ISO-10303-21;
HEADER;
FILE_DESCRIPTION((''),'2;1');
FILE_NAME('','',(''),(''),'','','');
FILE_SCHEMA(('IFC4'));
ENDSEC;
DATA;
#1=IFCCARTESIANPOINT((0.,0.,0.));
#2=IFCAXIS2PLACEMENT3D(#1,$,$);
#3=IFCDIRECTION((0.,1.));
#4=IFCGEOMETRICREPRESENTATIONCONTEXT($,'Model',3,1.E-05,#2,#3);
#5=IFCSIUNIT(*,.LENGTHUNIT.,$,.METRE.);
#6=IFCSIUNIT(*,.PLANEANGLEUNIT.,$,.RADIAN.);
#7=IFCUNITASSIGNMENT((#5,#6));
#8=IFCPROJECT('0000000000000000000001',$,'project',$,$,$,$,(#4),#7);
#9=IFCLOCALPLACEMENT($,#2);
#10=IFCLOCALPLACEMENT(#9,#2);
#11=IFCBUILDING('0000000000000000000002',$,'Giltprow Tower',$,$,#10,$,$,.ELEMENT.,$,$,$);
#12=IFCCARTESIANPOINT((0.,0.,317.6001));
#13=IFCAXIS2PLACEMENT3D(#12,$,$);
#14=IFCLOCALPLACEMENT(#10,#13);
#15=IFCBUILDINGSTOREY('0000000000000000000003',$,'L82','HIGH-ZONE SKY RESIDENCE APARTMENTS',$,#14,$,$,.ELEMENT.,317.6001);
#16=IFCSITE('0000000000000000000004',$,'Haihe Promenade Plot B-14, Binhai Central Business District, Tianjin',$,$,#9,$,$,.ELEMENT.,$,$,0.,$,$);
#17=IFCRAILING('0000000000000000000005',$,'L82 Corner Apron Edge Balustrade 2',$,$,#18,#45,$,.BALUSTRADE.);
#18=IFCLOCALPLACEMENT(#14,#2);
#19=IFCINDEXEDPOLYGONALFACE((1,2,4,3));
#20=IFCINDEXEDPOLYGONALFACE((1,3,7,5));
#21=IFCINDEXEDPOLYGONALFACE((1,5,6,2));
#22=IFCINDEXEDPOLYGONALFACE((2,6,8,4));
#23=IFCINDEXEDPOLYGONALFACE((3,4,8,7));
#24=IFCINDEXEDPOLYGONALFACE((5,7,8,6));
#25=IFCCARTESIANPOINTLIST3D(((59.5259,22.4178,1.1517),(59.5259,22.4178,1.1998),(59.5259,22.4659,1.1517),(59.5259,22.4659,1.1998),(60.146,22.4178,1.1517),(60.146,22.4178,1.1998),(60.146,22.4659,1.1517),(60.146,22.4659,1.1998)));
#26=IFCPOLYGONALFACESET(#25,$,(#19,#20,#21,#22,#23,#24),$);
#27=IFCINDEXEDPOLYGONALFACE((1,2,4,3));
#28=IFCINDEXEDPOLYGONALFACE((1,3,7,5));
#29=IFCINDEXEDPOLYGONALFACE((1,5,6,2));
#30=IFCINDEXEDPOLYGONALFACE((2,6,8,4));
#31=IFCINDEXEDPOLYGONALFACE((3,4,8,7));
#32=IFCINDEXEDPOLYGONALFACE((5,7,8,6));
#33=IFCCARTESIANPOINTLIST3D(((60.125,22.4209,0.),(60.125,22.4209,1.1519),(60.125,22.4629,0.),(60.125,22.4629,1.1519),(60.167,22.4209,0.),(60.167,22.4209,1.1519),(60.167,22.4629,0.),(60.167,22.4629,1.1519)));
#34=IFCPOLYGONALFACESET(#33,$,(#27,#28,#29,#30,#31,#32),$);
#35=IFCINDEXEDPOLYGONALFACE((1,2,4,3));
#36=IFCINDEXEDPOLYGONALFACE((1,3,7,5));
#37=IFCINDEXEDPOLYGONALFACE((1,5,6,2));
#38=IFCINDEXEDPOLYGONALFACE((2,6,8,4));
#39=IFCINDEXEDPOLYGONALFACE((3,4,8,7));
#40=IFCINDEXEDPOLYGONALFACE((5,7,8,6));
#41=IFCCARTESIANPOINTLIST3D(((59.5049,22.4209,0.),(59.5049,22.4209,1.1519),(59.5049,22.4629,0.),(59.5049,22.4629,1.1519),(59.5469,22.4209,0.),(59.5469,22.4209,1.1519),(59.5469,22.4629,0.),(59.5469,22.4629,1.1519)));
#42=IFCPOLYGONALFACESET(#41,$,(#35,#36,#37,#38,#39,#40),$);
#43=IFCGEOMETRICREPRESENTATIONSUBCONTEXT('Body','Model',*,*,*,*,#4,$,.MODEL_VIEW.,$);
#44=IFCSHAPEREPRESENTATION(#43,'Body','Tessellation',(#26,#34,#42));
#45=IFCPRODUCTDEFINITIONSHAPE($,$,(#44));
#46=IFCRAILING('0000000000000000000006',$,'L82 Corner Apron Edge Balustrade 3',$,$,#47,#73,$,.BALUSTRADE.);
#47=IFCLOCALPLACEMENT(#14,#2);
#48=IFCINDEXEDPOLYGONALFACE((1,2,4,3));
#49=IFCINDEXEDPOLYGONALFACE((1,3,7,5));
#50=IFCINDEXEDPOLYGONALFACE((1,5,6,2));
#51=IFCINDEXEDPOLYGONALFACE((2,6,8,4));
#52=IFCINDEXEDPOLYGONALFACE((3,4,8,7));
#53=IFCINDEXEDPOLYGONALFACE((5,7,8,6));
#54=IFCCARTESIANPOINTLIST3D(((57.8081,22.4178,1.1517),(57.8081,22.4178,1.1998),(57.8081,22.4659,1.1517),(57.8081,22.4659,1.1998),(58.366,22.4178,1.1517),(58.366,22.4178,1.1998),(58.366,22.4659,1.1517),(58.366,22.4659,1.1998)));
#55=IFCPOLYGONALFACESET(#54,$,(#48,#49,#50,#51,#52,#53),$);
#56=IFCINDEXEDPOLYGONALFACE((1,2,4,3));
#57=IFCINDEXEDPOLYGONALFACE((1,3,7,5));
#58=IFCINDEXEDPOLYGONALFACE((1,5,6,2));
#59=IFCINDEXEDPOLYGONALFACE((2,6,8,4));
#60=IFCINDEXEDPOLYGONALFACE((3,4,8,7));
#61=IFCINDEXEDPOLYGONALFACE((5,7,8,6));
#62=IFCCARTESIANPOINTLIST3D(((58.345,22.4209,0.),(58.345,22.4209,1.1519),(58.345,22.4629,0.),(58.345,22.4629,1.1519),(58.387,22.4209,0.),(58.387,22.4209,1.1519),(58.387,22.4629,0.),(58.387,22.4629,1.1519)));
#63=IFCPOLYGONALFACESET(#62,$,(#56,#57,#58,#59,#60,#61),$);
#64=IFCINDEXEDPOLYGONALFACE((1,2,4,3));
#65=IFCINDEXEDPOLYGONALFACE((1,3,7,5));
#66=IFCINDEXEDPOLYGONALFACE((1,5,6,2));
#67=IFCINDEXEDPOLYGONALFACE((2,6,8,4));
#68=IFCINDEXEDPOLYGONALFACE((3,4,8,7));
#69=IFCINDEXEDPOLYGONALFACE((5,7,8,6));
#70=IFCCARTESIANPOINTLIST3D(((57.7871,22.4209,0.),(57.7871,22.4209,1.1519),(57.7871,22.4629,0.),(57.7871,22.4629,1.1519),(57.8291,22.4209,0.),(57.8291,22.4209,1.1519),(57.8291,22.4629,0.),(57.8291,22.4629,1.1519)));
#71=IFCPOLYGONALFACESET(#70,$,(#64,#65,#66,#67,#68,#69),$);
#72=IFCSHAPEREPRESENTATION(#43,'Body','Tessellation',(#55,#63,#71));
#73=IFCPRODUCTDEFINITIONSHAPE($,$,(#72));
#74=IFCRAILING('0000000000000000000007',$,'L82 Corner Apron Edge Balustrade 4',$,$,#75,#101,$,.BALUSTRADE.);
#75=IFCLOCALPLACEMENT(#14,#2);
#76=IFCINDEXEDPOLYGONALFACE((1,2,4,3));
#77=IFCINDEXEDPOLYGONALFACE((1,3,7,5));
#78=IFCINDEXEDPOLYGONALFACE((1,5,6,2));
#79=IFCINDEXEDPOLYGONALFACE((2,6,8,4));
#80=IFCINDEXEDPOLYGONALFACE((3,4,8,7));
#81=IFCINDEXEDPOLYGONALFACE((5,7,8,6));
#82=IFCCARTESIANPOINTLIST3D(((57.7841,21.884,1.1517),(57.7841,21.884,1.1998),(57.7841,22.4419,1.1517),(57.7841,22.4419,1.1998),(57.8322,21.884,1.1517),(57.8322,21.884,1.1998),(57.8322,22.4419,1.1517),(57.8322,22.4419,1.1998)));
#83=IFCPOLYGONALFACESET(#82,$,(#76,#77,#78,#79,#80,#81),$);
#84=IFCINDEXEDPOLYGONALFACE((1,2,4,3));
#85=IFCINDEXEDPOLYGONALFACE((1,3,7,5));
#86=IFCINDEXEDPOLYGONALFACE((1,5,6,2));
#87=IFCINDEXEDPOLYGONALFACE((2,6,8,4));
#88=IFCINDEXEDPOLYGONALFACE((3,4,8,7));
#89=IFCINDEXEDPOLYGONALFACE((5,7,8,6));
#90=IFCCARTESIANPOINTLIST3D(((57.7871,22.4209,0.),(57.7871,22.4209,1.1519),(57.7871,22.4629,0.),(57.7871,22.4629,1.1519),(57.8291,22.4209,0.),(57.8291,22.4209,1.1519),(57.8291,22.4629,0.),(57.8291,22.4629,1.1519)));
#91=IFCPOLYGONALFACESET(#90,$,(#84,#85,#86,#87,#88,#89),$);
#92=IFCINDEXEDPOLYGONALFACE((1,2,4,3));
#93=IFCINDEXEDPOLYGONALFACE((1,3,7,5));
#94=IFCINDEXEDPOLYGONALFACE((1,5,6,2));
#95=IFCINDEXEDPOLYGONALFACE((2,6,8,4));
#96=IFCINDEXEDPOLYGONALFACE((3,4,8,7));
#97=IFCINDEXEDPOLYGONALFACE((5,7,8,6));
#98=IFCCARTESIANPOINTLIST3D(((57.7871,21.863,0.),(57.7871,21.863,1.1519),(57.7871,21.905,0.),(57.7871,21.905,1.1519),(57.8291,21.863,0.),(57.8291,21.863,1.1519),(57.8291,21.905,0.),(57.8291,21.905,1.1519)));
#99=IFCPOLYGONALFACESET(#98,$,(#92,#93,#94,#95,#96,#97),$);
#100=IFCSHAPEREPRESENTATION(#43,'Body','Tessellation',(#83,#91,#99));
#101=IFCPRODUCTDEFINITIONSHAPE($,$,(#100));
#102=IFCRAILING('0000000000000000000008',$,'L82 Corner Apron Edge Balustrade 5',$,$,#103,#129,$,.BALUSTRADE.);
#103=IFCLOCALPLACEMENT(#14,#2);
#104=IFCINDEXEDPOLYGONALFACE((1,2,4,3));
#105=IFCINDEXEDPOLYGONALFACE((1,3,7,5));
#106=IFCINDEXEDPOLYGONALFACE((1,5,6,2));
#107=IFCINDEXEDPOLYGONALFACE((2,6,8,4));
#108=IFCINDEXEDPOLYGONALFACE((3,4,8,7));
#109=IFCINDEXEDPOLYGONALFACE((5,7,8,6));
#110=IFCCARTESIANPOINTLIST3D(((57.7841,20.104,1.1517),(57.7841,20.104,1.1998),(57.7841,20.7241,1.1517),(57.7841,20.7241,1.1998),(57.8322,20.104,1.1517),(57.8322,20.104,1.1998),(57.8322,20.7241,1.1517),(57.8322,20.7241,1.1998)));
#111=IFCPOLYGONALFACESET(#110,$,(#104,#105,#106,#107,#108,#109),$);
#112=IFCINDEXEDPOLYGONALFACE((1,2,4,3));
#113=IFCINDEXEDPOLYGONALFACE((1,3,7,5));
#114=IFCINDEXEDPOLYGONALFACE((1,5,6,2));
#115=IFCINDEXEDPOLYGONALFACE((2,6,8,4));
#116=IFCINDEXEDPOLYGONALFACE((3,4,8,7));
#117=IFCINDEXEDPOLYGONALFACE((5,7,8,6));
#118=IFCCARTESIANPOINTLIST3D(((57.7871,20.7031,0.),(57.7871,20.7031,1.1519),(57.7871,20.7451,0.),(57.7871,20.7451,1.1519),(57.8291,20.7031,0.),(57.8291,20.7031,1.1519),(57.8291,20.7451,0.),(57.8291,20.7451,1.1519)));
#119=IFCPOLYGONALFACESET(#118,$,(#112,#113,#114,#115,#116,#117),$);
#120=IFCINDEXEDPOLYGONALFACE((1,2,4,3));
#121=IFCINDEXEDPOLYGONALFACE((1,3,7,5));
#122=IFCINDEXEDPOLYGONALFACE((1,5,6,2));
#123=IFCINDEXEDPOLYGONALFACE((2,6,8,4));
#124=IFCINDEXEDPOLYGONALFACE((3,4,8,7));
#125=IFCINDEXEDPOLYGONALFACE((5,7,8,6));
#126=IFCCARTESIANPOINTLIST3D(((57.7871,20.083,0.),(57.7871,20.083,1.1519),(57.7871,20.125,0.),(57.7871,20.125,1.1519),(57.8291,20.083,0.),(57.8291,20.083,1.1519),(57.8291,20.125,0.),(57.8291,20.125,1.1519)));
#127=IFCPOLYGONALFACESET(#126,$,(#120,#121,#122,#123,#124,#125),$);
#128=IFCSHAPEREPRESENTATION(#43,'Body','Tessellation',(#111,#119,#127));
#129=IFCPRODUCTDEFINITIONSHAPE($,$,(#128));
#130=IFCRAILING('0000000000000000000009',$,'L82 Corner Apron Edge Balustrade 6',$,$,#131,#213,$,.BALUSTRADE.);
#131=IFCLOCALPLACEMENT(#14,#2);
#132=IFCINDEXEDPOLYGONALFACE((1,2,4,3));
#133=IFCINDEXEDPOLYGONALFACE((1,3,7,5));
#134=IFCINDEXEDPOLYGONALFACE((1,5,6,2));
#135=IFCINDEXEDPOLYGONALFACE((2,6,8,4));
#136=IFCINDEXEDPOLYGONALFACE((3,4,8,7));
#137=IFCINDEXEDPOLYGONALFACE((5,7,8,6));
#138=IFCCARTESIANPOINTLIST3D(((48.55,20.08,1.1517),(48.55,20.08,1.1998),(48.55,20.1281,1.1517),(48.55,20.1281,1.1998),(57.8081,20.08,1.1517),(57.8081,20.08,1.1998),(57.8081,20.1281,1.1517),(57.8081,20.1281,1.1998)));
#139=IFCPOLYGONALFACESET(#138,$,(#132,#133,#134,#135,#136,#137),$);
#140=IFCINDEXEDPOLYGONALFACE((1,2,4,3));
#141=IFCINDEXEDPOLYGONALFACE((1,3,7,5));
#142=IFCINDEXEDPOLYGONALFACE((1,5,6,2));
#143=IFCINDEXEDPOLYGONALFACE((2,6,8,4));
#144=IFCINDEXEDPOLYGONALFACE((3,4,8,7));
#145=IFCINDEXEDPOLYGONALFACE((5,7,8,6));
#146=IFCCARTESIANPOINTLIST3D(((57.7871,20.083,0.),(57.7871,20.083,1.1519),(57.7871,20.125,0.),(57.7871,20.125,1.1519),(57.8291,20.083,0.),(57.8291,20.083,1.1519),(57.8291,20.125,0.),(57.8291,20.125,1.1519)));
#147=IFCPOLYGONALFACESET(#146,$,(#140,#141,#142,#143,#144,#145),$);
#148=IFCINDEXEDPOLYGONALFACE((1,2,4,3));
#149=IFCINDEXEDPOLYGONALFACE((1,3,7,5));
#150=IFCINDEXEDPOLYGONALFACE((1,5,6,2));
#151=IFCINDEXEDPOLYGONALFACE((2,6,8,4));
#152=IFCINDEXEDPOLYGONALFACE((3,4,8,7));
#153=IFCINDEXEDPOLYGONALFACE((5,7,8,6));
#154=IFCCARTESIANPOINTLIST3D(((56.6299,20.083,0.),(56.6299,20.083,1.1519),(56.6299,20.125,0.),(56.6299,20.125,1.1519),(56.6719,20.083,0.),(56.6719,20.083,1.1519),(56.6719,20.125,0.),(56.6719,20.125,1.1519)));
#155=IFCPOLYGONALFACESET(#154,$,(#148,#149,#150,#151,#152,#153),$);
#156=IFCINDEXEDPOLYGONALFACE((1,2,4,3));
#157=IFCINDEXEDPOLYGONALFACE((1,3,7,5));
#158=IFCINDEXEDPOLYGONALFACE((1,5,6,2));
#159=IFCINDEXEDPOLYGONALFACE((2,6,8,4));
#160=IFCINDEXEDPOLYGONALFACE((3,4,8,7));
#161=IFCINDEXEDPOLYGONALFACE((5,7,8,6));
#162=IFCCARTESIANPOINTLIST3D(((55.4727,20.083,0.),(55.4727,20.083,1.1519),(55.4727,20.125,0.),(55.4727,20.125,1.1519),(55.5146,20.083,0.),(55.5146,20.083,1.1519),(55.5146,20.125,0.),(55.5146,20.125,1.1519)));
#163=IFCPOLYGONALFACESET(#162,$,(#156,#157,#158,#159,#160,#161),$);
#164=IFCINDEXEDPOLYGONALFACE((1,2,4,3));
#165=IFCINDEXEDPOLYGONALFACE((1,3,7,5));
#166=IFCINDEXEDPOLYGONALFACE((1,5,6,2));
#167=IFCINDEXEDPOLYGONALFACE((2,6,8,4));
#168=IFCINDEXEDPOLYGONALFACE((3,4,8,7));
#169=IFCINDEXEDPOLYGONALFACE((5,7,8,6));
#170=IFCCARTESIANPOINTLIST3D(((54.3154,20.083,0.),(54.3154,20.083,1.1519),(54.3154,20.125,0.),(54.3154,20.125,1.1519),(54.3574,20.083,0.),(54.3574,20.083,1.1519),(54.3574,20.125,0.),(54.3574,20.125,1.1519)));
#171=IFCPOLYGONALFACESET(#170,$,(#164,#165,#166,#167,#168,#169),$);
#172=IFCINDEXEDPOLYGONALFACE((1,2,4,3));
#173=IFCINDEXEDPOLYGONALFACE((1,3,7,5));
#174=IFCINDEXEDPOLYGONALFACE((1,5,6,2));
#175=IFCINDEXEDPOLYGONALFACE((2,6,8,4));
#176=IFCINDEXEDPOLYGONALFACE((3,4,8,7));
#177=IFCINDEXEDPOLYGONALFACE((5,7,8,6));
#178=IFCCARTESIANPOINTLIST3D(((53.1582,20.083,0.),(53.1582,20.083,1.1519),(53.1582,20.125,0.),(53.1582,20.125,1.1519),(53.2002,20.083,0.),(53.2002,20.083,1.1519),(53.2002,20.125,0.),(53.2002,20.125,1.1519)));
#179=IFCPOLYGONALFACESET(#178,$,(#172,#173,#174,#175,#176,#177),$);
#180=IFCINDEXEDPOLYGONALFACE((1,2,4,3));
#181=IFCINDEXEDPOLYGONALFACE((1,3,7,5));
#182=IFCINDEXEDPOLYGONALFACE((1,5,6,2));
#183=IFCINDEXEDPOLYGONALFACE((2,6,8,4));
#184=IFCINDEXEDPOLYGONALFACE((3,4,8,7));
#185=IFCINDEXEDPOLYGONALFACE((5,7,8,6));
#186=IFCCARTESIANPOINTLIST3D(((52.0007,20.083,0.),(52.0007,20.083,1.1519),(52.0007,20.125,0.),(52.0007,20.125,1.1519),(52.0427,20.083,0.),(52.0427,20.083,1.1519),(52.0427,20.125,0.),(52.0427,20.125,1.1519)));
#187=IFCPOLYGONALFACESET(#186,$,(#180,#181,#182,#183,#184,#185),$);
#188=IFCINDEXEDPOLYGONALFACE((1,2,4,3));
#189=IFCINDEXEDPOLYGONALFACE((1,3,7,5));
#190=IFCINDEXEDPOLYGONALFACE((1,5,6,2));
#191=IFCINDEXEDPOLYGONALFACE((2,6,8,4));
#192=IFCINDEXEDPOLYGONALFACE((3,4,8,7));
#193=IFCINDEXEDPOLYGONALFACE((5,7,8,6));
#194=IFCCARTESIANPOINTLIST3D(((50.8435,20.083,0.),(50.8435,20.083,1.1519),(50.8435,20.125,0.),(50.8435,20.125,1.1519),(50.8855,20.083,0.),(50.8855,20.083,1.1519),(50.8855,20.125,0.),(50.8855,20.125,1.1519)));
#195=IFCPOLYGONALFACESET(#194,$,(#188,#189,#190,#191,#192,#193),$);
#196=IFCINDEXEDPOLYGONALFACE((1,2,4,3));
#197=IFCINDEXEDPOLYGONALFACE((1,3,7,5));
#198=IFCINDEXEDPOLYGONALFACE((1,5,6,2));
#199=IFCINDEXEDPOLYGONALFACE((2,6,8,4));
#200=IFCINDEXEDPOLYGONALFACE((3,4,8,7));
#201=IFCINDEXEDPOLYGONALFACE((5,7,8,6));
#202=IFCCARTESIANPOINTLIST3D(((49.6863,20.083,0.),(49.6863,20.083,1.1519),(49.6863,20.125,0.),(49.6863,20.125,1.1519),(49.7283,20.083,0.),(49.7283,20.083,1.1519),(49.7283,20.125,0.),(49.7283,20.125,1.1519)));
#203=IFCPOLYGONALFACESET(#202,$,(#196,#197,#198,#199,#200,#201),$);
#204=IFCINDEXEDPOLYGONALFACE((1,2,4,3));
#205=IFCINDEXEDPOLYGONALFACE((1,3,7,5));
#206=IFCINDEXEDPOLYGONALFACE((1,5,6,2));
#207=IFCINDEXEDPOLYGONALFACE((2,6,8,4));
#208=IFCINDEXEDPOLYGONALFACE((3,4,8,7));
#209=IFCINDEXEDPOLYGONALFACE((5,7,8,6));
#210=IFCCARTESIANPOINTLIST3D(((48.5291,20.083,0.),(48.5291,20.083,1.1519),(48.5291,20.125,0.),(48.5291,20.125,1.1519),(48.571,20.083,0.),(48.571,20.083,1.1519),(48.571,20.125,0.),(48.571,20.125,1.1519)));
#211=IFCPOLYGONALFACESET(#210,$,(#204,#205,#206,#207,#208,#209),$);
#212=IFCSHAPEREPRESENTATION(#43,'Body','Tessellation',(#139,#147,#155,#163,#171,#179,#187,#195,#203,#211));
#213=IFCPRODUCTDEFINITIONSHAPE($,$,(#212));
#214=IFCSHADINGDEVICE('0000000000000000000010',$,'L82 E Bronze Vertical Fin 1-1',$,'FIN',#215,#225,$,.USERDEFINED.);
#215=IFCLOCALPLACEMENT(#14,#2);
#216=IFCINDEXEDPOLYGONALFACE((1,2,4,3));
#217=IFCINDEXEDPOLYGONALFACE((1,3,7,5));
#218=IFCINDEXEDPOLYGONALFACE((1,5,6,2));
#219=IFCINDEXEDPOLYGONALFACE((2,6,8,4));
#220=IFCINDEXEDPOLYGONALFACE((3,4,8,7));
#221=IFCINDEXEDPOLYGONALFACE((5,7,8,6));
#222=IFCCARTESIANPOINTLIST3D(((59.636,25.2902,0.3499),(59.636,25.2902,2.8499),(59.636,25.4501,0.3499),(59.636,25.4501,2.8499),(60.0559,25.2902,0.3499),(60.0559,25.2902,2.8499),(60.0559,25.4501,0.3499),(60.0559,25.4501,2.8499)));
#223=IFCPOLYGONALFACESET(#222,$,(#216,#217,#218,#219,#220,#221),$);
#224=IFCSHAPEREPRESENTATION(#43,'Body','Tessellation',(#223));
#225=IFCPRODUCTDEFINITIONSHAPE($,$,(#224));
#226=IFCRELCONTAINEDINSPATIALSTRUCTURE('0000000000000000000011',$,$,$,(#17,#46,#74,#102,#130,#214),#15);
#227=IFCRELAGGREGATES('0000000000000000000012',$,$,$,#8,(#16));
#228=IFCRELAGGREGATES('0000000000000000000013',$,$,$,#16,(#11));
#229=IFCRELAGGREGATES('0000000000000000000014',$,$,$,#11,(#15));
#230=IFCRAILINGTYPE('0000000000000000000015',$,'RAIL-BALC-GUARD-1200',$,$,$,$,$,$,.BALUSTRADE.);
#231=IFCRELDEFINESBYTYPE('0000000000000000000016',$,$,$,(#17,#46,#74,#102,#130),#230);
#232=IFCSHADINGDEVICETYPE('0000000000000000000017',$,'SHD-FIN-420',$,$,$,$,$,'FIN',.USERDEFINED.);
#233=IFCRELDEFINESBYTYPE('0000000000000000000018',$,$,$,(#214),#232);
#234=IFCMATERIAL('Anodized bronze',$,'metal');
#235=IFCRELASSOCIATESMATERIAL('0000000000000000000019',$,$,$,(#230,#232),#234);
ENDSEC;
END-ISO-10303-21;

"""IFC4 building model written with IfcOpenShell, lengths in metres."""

from ifc_helpers import new_model, si_unit, direction, frame, origin, origin_2d, place, context, subcontext, project, spatial, rectangle, extrude, source, transform, mapped, material, type_object, element, save


model = new_model("IFC4")

# Units and contexts
model_context = context("Model", 3, precision=1e-05, world=origin(), true_north=direction((0.0, 1.0)))
body_context = subcontext(model_context, "Body", "Model", "MODEL_VIEW")
ifc_project = project(units=[si_unit("LENGTHUNIT", "METRE"), si_unit("PLANEANGLEUNIT", "RADIAN")], contexts=[model_context])

# Site, building, storey
site_placement = place(None, origin())
site = spatial("IfcSite", under=ifc_project, at=site_placement, Name="Haihe Promenade Plot B-14, Binhai Central Business District, Tianjin", CompositionType="ELEMENT", RefElevation=0.0)
building_placement = place(site_placement, origin())
building = spatial("IfcBuilding", under=site, at=building_placement, Name="Giltprow Tower", CompositionType="ELEMENT")
storey_placement = place(building_placement, frame((0.0, 0.0, 317.6001)))
storey = spatial("IfcBuildingStorey", under=building, at=storey_placement, Name="L82", Description="HIGH-ZONE SKY RESIDENCE APARTMENTS", CompositionType="ELEMENT", Elevation=317.6001)

# Shared definitions
ifc_material_1 = material(Name="Anodized bronze", Category="metal")

# Railings
railing_type = type_object("IfcRailingType", Name="RAIL-BALC-GUARD-1200", PredefinedType="BALUSTRADE", material=ifc_material_1)
railing_1_placement = place(storey_placement, frame((60.146, 22.4419, 0.0)))
element("IfcRailing", 1, at=railing_1_placement, inside=storey, type_object=railing_type, Name="L82 Corner Apron Edge Balustrade 2", PredefinedType="BALUSTRADE", context=body_context, shape_type="SweptSolid", body=[
    extrude(rectangle(XDim=0.0481, YDim=0.0481, at=origin_2d()), frame((0.0, 0.0, 1.1758), z_axis=(-1.0, 0.0, 0.0), x_axis=(0.0, -1.0, 0.0)), (0.0, 0.0, 1.0), 0.6201),
    extrude(rectangle(XDim=0.042, YDim=0.042, at=origin_2d()), origin(), (0.0, 0.0, 1.0), 1.1519),
    extrude(rectangle(XDim=0.042, YDim=0.042, at=origin_2d()), frame((-0.6201, 0.0, 0.0)), (0.0, 0.0, 1.0), 1.1519),
])
railing_2_placement = place(storey_placement, frame((58.366, 22.4419, 0.0)))
element("IfcRailing", 2, at=railing_2_placement, inside=storey, type_object=railing_type, Name="L82 Corner Apron Edge Balustrade 3", PredefinedType="BALUSTRADE", context=body_context, shape_type="SweptSolid", body=[
    extrude(rectangle(XDim=0.0481, YDim=0.0481, at=origin_2d()), frame((0.0, 0.0, 1.1758), z_axis=(-1.0, 0.0, 0.0), x_axis=(0.0, -1.0, 0.0)), (0.0, 0.0, 1.0), 0.5579),
    extrude(rectangle(XDim=0.042, YDim=0.042, at=origin_2d()), origin(), (0.0, 0.0, 1.0), 1.1519),
    extrude(rectangle(XDim=0.042, YDim=0.042, at=origin_2d()), frame((-0.5579, 0.0, 0.0)), (0.0, 0.0, 1.0), 1.1519),
])
railing_3_placement = place(storey_placement, frame((57.8081, 22.4419, 0.0)))
element("IfcRailing", 3, at=railing_3_placement, inside=storey, type_object=railing_type, Name="L82 Corner Apron Edge Balustrade 4", PredefinedType="BALUSTRADE", context=body_context, shape_type="SweptSolid", body=[
    extrude(rectangle(XDim=0.0481, YDim=0.0481, at=origin_2d()), frame((0.0, 0.0, 1.1758), z_axis=(0.0, -1.0, 0.0), x_axis=(1.0, 0.0, 0.0)), (0.0, 0.0, 1.0), 0.5579),
    extrude(rectangle(XDim=0.042, YDim=0.042, at=origin_2d()), origin(), (0.0, 0.0, 1.0), 1.1519),
    extrude(rectangle(XDim=0.042, YDim=0.042, at=origin_2d()), frame((0.0, -0.5579, 0.0)), (0.0, 0.0, 1.0), 1.1519),
])
railing_4_placement = place(storey_placement, frame((57.8081, 20.7241, 0.0)))
element("IfcRailing", 4, at=railing_4_placement, inside=storey, type_object=railing_type, Name="L82 Corner Apron Edge Balustrade 5", PredefinedType="BALUSTRADE", context=body_context, shape_type="SweptSolid", body=[
    extrude(rectangle(XDim=0.0481, YDim=0.0481, at=origin_2d()), frame((0.0, 0.0, 1.1758), z_axis=(0.0, -1.0, 0.0), x_axis=(1.0, 0.0, 0.0)), (0.0, 0.0, 1.0), 0.6201),
    extrude(rectangle(XDim=0.042, YDim=0.042, at=origin_2d()), origin(), (0.0, 0.0, 1.0), 1.1519),
    extrude(rectangle(XDim=0.042, YDim=0.042, at=origin_2d()), frame((0.0, -0.6201, 0.0)), (0.0, 0.0, 1.0), 1.1519),
])
railing_5_placement = place(storey_placement, frame((57.8081, 20.104, 0.0)))
element("IfcRailing", 5, at=railing_5_placement, inside=storey, type_object=railing_type, Name="L82 Corner Apron Edge Balustrade 6", PredefinedType="BALUSTRADE", context=body_context, shape_type="SweptSolid", body=[
    extrude(rectangle(XDim=0.0481, YDim=0.0481, at=origin_2d()), frame((0.0, 0.0, 1.1758), z_axis=(-1.0, 0.0, 0.0), x_axis=(0.0, -1.0, 0.0)), (0.0, 0.0, 1.0), 9.2581),
    extrude(rectangle(XDim=0.042, YDim=0.042, at=origin_2d()), origin(), (0.0, 0.0, 1.0), 1.1519),
    extrude(rectangle(XDim=0.042, YDim=0.042, at=origin_2d()), frame((-1.1572, 0.0, 0.0)), (0.0, 0.0, 1.0), 1.1519),
    extrude(rectangle(XDim=0.042, YDim=0.042, at=origin_2d()), frame((-2.3145, 0.0, 0.0)), (0.0, 0.0, 1.0), 1.1519),
    extrude(rectangle(XDim=0.042, YDim=0.042, at=origin_2d()), frame((-3.4717, 0.0, 0.0)), (0.0, 0.0, 1.0), 1.1519),
    extrude(rectangle(XDim=0.042, YDim=0.042, at=origin_2d()), frame((-4.6289, 0.0, 0.0)), (0.0, 0.0, 1.0), 1.1519),
    extrude(rectangle(XDim=0.042, YDim=0.042, at=origin_2d()), frame((-5.7864, 0.0, 0.0)), (0.0, 0.0, 1.0), 1.1519),
    extrude(rectangle(XDim=0.042, YDim=0.042, at=origin_2d()), frame((-6.9436, 0.0, 0.0)), (0.0, 0.0, 1.0), 1.1519),
    extrude(rectangle(XDim=0.042, YDim=0.042, at=origin_2d()), frame((-8.1008, 0.0, 0.0)), (0.0, 0.0, 1.0), 1.1519),
    extrude(rectangle(XDim=0.042, YDim=0.042, at=origin_2d()), frame((-9.2581, 0.0, 0.0)), (0.0, 0.0, 1.0), 1.1519),
])

# Shading device
shading_device_type = type_object("IfcShadingDeviceType", Name="SHD-FIN-420", ElementType="FIN", PredefinedType="USERDEFINED", material=ifc_material_1)
shared_shape_1 = source(origin(), body_context, "Body", "SweptSolid", [
    extrude(rectangle(XDim=0.4199, YDim=0.1599, at=origin_2d()), origin(), (0.0, 0.0, 1.0), 2.5),
])
shading_device_placement = place(storey_placement, frame((59.8459, 25.3701, 0.3499), z_axis=(0.0, 0.0, 1.0), x_axis=(1.0, 0.0, 0.0)))
element("IfcShadingDevice", 6, at=shading_device_placement, inside=storey, type_object=shading_device_type, Name="L82 E Bronze Vertical Fin 1-1", ObjectType="FIN", PredefinedType="USERDEFINED", context=body_context, shape_type="MappedRepresentation", body=[
    mapped(shared_shape_1, transform((0.0, 0.0, 0.0), x_axis=(1.0, 0.0, 0.0), y_axis=(0.0, 1.0, 0.0), z_axis=(0.0, 0.0, 1.0), scale=1.0)),
])

save(model, "model.ifc")
